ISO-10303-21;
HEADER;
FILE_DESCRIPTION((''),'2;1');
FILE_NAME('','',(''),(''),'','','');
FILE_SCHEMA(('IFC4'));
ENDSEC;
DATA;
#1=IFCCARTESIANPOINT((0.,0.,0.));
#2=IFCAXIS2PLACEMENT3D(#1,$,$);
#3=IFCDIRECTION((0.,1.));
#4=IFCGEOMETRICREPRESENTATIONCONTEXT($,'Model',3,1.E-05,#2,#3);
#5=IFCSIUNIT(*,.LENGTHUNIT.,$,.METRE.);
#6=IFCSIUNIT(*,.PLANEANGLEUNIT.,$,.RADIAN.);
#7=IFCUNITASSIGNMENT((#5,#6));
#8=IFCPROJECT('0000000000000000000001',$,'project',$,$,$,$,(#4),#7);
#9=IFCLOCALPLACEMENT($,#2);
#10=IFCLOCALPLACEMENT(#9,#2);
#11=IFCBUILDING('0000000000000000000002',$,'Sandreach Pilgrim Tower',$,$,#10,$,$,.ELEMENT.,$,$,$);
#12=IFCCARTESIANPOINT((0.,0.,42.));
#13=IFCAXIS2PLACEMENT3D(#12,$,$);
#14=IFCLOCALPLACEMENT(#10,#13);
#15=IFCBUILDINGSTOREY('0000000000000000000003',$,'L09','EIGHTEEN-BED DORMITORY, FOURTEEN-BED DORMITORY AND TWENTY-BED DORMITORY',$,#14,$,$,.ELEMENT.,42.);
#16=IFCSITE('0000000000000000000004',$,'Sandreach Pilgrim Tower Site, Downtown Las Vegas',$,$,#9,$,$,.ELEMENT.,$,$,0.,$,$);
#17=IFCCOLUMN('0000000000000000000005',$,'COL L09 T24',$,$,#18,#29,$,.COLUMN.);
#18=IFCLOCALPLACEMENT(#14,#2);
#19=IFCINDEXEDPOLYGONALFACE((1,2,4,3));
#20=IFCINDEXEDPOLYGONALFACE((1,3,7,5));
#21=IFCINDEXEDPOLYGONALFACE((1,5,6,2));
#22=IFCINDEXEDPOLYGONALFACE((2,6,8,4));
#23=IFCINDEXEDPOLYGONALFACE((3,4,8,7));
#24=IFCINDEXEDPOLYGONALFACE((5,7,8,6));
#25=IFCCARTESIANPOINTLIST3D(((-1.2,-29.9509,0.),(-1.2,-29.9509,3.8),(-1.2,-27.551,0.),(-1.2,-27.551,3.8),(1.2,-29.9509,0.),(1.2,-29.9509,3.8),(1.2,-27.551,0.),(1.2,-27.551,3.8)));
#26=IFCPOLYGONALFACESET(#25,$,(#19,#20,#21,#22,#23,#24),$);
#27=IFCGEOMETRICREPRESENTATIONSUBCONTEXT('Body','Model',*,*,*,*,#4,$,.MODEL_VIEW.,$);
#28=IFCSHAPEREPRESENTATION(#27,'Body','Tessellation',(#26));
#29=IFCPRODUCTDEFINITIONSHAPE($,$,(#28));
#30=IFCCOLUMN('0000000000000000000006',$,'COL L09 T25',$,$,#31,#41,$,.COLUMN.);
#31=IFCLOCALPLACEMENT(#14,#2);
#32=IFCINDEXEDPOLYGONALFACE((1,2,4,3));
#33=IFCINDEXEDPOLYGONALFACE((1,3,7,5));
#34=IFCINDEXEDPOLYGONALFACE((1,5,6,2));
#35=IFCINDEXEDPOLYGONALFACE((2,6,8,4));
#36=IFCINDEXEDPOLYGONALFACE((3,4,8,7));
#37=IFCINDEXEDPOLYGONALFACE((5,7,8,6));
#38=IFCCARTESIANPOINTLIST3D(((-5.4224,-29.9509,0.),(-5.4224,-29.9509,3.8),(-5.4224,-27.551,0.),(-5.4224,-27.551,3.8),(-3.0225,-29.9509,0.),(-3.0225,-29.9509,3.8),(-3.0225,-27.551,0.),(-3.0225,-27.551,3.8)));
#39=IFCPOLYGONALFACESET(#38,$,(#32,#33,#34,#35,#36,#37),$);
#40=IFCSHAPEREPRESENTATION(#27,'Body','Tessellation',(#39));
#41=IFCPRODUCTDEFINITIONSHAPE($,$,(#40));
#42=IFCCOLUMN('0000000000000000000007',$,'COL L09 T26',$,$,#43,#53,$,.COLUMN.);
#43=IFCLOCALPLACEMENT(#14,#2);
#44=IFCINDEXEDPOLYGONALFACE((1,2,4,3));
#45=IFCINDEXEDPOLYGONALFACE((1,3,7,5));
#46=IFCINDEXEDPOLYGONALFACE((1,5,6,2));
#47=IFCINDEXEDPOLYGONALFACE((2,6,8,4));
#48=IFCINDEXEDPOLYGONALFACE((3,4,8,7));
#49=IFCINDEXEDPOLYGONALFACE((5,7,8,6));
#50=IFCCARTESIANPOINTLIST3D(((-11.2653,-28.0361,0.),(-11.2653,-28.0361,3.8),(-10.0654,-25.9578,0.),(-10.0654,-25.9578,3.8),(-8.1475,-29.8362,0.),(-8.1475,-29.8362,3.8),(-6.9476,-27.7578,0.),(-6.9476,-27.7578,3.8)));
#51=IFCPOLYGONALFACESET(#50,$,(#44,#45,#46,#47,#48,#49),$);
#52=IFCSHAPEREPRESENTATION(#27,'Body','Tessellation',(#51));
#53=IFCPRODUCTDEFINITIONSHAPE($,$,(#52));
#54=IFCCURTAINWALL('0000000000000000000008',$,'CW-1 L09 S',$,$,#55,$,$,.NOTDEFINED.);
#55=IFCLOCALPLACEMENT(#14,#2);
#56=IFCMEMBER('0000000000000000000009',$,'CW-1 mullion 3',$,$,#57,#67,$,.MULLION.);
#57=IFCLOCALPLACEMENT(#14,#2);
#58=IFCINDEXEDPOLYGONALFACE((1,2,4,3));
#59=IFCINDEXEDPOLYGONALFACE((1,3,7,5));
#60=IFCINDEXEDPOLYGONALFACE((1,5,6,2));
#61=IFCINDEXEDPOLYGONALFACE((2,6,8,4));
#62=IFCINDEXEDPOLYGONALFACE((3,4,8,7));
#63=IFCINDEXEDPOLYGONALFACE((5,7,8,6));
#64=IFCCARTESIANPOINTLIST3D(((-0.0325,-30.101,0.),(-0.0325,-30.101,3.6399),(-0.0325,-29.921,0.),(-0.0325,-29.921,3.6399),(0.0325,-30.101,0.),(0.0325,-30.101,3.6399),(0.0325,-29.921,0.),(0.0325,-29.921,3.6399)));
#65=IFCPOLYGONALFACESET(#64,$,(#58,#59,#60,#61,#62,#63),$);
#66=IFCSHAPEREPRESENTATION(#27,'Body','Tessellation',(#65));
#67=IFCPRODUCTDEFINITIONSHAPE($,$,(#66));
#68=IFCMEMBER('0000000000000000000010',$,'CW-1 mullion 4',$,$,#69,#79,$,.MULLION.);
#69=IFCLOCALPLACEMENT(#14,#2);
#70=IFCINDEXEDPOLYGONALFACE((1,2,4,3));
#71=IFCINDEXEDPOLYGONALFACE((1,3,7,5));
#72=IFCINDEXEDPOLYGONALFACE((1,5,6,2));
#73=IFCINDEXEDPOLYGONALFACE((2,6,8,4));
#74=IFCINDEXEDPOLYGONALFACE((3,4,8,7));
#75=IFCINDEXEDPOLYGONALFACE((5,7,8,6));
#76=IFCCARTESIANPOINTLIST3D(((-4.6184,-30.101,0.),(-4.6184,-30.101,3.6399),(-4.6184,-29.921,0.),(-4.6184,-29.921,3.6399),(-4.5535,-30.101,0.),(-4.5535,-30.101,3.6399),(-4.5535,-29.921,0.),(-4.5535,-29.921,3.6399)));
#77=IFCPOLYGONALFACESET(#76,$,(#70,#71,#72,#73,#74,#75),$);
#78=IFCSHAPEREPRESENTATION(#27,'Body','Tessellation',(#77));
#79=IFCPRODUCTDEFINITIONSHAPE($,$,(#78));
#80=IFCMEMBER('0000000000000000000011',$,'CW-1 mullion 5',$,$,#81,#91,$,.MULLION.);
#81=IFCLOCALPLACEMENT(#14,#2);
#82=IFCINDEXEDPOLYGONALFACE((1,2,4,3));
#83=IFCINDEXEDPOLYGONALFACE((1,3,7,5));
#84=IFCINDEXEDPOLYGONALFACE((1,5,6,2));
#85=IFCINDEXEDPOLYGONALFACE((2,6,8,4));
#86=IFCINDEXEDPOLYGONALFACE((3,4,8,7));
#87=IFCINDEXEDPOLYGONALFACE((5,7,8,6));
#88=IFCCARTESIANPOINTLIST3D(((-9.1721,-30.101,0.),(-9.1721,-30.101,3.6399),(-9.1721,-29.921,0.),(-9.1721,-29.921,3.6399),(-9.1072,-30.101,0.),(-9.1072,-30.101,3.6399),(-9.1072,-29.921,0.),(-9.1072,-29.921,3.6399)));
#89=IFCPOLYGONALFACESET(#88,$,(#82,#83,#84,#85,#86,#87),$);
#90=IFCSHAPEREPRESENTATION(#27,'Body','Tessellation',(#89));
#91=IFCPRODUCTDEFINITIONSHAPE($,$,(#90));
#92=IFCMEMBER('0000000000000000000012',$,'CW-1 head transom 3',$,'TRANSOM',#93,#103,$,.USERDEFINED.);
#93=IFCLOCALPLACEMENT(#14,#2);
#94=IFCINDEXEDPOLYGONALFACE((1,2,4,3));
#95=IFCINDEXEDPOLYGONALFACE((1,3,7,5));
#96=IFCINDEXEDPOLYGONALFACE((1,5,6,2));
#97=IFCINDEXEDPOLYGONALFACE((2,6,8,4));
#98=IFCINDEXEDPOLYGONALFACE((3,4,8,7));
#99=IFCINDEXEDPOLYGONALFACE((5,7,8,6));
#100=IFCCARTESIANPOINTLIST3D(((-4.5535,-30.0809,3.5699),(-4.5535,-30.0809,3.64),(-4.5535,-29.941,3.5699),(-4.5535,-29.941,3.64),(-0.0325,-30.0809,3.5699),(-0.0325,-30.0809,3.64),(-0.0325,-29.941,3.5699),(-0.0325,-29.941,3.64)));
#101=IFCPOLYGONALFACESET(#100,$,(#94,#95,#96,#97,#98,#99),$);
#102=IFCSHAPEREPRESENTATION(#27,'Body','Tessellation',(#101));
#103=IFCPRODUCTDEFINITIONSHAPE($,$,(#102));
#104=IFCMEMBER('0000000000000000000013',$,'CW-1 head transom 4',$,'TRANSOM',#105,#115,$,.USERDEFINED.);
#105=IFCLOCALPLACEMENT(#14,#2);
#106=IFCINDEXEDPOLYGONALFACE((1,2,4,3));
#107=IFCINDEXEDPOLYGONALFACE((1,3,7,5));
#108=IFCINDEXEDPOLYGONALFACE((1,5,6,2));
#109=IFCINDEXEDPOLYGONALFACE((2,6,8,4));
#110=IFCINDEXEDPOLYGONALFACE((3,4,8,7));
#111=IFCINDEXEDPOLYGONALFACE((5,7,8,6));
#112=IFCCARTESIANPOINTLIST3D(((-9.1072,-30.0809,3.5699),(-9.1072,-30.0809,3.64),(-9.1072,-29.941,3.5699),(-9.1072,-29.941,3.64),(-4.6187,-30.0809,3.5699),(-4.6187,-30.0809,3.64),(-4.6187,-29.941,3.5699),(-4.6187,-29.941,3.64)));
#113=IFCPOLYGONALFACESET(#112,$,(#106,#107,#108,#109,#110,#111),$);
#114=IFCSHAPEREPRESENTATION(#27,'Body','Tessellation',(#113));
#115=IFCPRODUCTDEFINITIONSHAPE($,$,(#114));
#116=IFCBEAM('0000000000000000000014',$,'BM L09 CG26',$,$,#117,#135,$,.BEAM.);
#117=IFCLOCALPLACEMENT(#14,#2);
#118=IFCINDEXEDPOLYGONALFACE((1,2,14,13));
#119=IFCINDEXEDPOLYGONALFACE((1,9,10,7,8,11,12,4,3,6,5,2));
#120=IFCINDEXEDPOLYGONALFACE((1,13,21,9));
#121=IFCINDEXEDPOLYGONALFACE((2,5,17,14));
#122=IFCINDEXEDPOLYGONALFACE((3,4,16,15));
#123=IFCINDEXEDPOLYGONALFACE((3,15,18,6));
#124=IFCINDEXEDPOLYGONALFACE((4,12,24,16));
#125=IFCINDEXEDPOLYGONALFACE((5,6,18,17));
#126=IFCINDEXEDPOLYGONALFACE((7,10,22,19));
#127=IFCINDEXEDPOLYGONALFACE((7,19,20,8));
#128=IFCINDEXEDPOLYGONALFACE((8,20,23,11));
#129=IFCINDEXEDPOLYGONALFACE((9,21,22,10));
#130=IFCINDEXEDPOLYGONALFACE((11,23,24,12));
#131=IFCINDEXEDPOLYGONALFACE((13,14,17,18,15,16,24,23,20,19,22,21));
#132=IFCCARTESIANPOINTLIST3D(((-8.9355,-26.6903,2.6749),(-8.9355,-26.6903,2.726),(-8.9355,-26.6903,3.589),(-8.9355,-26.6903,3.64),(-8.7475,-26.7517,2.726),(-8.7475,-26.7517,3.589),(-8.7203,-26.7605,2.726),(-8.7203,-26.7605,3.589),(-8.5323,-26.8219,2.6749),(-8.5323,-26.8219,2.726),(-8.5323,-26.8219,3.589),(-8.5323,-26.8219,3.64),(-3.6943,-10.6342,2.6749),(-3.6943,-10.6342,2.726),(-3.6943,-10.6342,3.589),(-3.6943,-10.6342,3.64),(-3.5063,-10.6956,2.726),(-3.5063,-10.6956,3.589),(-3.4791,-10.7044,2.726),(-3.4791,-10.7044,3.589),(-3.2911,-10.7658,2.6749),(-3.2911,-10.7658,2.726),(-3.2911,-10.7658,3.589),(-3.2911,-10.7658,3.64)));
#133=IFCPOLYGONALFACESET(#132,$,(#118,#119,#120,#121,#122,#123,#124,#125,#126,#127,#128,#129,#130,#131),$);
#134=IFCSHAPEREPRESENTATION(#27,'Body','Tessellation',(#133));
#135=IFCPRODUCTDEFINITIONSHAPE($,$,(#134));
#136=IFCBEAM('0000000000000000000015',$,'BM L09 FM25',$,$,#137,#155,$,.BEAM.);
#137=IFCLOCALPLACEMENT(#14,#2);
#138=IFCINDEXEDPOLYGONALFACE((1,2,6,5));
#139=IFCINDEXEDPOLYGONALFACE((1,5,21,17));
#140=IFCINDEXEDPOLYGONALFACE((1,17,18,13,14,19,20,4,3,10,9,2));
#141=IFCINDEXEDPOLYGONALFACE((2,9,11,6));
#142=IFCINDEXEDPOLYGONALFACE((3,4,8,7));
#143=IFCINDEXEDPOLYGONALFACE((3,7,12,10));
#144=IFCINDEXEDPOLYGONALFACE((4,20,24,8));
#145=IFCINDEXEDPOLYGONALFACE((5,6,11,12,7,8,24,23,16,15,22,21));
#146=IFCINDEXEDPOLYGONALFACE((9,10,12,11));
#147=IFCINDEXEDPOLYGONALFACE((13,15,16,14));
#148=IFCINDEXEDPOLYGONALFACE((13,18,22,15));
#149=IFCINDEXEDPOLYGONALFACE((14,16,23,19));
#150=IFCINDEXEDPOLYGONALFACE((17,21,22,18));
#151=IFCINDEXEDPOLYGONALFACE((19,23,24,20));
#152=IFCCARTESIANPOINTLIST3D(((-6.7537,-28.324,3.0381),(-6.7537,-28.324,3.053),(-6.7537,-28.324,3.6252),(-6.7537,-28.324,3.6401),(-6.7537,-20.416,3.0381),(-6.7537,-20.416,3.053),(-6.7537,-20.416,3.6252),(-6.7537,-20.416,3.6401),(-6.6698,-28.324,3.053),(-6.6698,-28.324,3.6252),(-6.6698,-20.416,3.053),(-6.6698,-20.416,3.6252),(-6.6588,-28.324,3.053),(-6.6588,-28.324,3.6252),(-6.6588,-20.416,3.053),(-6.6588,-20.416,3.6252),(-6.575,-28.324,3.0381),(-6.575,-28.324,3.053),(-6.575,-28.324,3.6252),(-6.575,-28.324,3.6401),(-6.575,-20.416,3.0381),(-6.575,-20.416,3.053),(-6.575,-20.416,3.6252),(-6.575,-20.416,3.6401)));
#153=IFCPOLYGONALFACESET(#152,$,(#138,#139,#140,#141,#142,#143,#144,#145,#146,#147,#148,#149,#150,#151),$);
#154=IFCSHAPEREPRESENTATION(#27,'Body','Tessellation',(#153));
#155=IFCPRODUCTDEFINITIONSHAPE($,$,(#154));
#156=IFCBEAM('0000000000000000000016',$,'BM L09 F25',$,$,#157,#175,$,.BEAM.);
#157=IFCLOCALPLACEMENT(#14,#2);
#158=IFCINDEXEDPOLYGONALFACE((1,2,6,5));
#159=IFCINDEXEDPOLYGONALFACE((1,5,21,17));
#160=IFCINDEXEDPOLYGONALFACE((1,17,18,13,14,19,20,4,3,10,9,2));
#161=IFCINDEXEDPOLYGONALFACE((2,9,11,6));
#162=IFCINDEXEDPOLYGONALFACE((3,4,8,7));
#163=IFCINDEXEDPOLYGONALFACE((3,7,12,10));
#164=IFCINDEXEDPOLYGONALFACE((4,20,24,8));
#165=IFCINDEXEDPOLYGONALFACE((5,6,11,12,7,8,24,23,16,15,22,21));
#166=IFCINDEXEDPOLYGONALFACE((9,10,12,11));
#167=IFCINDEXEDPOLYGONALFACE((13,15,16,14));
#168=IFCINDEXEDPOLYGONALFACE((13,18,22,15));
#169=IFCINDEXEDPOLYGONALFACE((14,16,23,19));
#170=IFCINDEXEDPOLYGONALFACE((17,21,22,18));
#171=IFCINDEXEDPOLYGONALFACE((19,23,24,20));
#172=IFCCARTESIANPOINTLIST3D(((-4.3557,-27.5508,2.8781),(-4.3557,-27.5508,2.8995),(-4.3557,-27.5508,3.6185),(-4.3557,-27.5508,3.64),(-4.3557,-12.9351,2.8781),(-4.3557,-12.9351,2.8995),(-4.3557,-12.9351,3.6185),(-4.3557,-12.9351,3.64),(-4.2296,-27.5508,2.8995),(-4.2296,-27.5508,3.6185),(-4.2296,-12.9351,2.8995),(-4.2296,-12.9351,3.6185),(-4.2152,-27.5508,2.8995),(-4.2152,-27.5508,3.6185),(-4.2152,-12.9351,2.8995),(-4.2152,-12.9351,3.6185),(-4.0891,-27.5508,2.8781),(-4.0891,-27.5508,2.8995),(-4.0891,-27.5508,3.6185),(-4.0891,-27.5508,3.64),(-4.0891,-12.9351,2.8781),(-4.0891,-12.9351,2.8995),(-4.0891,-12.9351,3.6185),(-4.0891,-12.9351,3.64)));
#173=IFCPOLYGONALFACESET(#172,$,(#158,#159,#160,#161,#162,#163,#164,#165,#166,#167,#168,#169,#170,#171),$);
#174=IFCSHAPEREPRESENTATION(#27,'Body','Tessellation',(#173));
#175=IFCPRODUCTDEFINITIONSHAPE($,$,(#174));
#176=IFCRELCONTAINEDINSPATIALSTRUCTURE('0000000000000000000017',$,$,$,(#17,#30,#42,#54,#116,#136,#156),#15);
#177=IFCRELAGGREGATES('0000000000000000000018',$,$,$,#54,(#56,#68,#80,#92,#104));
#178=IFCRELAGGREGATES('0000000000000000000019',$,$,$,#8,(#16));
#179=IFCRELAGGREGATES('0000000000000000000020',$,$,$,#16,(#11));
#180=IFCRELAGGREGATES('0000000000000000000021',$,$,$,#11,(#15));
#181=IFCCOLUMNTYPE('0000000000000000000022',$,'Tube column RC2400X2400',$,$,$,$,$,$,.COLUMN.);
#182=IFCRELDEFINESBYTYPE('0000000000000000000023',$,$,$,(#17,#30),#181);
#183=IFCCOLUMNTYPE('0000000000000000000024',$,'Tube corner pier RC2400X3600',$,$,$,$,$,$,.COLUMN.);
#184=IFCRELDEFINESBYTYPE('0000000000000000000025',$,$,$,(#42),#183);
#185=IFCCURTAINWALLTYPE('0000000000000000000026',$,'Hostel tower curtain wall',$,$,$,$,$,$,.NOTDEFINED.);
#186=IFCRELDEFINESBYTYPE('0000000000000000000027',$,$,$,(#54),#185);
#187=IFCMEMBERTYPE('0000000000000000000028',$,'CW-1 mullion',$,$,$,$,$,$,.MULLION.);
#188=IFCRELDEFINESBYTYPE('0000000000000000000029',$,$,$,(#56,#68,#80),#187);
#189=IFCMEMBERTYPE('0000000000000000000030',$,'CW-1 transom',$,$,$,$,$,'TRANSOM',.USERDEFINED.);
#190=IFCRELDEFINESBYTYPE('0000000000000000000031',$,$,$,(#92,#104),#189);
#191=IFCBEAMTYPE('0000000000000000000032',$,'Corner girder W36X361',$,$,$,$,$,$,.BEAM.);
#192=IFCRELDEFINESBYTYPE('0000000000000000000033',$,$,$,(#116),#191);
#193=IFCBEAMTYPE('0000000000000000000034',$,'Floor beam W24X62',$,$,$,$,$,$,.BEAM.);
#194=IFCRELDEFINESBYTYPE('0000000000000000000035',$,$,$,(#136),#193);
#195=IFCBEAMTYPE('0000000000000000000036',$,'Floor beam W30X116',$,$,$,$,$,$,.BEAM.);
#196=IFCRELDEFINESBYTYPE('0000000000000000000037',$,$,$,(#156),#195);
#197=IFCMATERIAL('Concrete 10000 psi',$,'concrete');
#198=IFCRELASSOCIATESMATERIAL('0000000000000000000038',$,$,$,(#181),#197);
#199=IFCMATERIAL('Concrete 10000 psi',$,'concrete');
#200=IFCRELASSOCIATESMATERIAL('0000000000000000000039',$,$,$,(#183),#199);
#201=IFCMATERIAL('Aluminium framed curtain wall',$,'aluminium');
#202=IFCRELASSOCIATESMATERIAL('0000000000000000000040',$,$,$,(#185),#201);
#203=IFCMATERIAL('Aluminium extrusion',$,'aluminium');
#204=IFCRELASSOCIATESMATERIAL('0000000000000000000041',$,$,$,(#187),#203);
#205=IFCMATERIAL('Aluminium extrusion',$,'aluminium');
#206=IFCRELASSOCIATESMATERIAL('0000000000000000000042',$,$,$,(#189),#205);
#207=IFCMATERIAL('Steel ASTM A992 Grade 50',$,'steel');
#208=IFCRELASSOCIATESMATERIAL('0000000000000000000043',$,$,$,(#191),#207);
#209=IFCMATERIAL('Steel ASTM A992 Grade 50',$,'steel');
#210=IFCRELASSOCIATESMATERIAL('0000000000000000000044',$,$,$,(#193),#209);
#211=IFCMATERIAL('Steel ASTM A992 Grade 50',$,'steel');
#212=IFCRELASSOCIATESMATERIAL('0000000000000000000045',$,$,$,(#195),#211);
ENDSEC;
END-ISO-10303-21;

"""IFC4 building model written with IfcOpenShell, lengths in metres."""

from ifc_helpers import new_model, si_unit, direction, frame, origin, origin_2d, place, context, subcontext, project, spatial, rectangle, i_section, extrude, material, material_profile, profile_set, type_object, element, aggregate, save


model = new_model("IFC4")

# Units and contexts
model_context = context("Model", 3, precision=1e-05, world=origin(), true_north=direction((0.0, 1.0)))
body_context = subcontext(model_context, "Body", "Model", "MODEL_VIEW")
ifc_project = project(units=[si_unit("LENGTHUNIT", "METRE"), si_unit("PLANEANGLEUNIT", "RADIAN")], contexts=[model_context])

# Site, building, storey
site_placement = place(None, origin())
site = spatial("IfcSite", under=ifc_project, at=site_placement, Name="Sandreach Pilgrim Tower Site, Downtown Las Vegas", CompositionType="ELEMENT", RefElevation=0.0)
building_placement = place(site_placement, origin())
building = spatial("IfcBuilding", under=site, at=building_placement, Name="Sandreach Pilgrim Tower", CompositionType="ELEMENT")
storey_placement = place(building_placement, frame((0.0, 0.0, 42.0)))
storey = spatial("IfcBuildingStorey", under=building, at=storey_placement, Name="L09", Description="EIGHTEEN-BED DORMITORY, FOURTEEN-BED DORMITORY AND TWENTY-BED DORMITORY", CompositionType="ELEMENT", Elevation=42.0)

# Columns
ifc_material_1 = material(Name="Concrete 10000 psi", Category="concrete")
ifc_material_profile_1 = material_profile(ifc_material_1, rectangle(XDim=2.3999, YDim=2.3999, at=origin_2d()), Name="RC2400X2400")
ifc_profile_set_1 = profile_set([ifc_material_profile_1], Name="Concrete 10000 psi")
column_type_1 = type_object("IfcColumnType", Name="Tube column RC2400X2400", PredefinedType="COLUMN", material=ifc_profile_set_1)
for number, where, z_axis, x_axis, name in (
    (1, (0.0, -28.751, 0.0), (0.0, 0.0, 1.0), (0.0, -1.0, 0.0), "COL L09 T24"),
    (2, (-4.2224, -28.751, 0.0), (0.0, 0.0, 1.0), (0.0, -1.0, 0.0), "COL L09 T25"),
):
    element("IfcColumn", number, at=place(storey_placement, frame(where, z_axis=z_axis, x_axis=x_axis)), inside=storey, type_object=column_type_1, Name=name, PredefinedType="COLUMN", context=body_context, shape_type="SweptSolid", body=[
        extrude(rectangle(XDim=2.3999, YDim=2.3999, at=origin_2d()), origin(), (0.0, 0.0, 1.0), 3.8),
    ])
ifc_material_2 = material(Name="Concrete 10000 psi", Category="concrete")
ifc_material_profile_2 = material_profile(ifc_material_2, rectangle(XDim=2.3999, YDim=3.6001, at=origin_2d()), Name="RC2400X3600")
ifc_profile_set_2 = profile_set([ifc_material_profile_2], Name="Concrete 10000 psi")
column_type_2 = type_object("IfcColumnType", Name="Tube corner pier RC2400X3600", PredefinedType="COLUMN", material=ifc_profile_set_2)
column_placement = place(storey_placement, frame((-9.1064, -27.897, 0.0), z_axis=(0.0, 0.0, 1.0), x_axis=(-0.5, -0.866025, 0.0)))
element("IfcColumn", 3, at=column_placement, inside=storey, type_object=column_type_2, Name="COL L09 T26", PredefinedType="COLUMN", context=body_context, shape_type="SweptSolid", body=[
    extrude(rectangle(XDim=2.3999, YDim=3.6001, at=origin_2d()), origin(), (0.0, 0.0, 1.0), 3.8),
])

# Curtain wall, members
ifc_material_3 = material(Name="Aluminium framed curtain wall", Category="aluminium")
curtain_wall_type = type_object("IfcCurtainWallType", Name="Hostel tower curtain wall", PredefinedType="NOTDEFINED", material=ifc_material_3)
curtain_wall_placement = place(storey_placement, origin())
curtain_wall = element("IfcCurtainWall", 4, at=curtain_wall_placement, inside=storey, type_object=curtain_wall_type, Name="CW-1 L09 S", PredefinedType="NOTDEFINED")
ifc_material_4 = material(Name="Aluminium extrusion", Category="aluminium")
ifc_material_profile_3 = material_profile(ifc_material_4, rectangle(XDim=0.0649, YDim=0.1799, at=origin_2d()), Name="CW-1M 65X180")
ifc_profile_set_3 = profile_set([ifc_material_profile_3], Name="Aluminium extrusion")
member_type_1 = type_object("IfcMemberType", Name="CW-1 mullion", PredefinedType="MULLION", material=ifc_profile_set_3)
member_1_placement = place(storey_placement, frame((0.0, -30.011, 0.0), z_axis=(0.0, 0.0, 1.0), x_axis=(-1.0, 0.0, 0.0)))
member_1 = element("IfcMember", 5, at=member_1_placement, type_object=member_type_1, Name="CW-1 mullion 3", PredefinedType="MULLION", context=body_context, shape_type="SweptSolid", body=[
    extrude(rectangle(XDim=0.0649, YDim=0.1799, at=origin_2d()), origin(), (0.0, 0.0, 1.0), 3.6399),
])
member_2_placement = place(storey_placement, frame((-4.5859, -30.011, 0.0), z_axis=(0.0, 0.0, 1.0), x_axis=(-1.0, 0.0, 0.0)))
member_2 = element("IfcMember", 6, at=member_2_placement, type_object=member_type_1, Name="CW-1 mullion 4", PredefinedType="MULLION", context=body_context, shape_type="SweptSolid", body=[
    extrude(rectangle(XDim=0.0649, YDim=0.1799, at=origin_2d()), origin(), (0.0, 0.0, 1.0), 3.6399),
])
member_3_placement = place(storey_placement, frame((-9.1396, -30.011, 0.0), z_axis=(0.0, 0.0, 1.0), x_axis=(-1.0, 0.0, 0.0)))
member_3 = element("IfcMember", 7, at=member_3_placement, type_object=member_type_1, Name="CW-1 mullion 5", PredefinedType="MULLION", context=body_context, shape_type="SweptSolid", body=[
    extrude(rectangle(XDim=0.0649, YDim=0.1799, at=origin_2d()), origin(), (0.0, 0.0, 1.0), 3.6399),
])
ifc_material_5 = material(Name="Aluminium extrusion", Category="aluminium")
ifc_material_profile_4 = material_profile(ifc_material_5, rectangle(XDim=0.1399, YDim=0.0701, at=origin_2d()), Name="CW-1T 140X70")
ifc_profile_set_4 = profile_set([ifc_material_profile_4], Name="Aluminium extrusion")
member_type_2 = type_object("IfcMemberType", Name="CW-1 transom", ElementType="TRANSOM", PredefinedType="USERDEFINED", material=ifc_profile_set_4)
member_4_placement = place(storey_placement, frame((-0.0325, -30.011, 3.605), z_axis=(-1.0, 0.0, 0.0), x_axis=(0.0, -1.0, 0.0)))
member_4 = element("IfcMember", 8, at=member_4_placement, type_object=member_type_2, Name="CW-1 head transom 3", ObjectType="TRANSOM", PredefinedType="USERDEFINED", context=body_context, shape_type="SweptSolid", body=[
    extrude(rectangle(XDim=0.1399, YDim=0.0701, at=origin_2d()), origin(), (0.0, 0.0, 1.0), 4.521),
])
member_5_placement = place(storey_placement, frame((-4.6187, -30.011, 3.605), z_axis=(-1.0, 0.0, 0.0), x_axis=(0.0, -1.0, 0.0)))
member_5 = element("IfcMember", 9, at=member_5_placement, type_object=member_type_2, Name="CW-1 head transom 4", ObjectType="TRANSOM", PredefinedType="USERDEFINED", context=body_context, shape_type="SweptSolid", body=[
    extrude(rectangle(XDim=0.1399, YDim=0.0701, at=origin_2d()), origin(), (0.0, 0.0, 1.0), 4.4885),
])

# Beams
ifc_material_6 = material(Name="Steel ASTM A992 Grade 50", Category="steel")
ifc_material_profile_5 = material_profile(ifc_material_6, i_section(OverallWidth=0.4241, OverallDepth=0.9651, WebThickness=0.0286, FlangeThickness=0.051, at=origin_2d()), Name="W36X361")
ifc_profile_set_5 = profile_set([ifc_material_profile_5], Name="Steel ASTM A992 Grade 50")
beam_type_1 = type_object("IfcBeamType", Name="Corner girder W36X361", PredefinedType="BEAM", material=ifc_profile_set_5)
beam_1_placement = place(storey_placement, frame((-8.7339, -26.7561, 3.1575), z_axis=(0.310315, 0.950634, 0.0), x_axis=(-0.950634, 0.310315, 0.0)))
element("IfcBeam", 10, at=beam_1_placement, inside=storey, type_object=beam_type_1, Name="BM L09 CG26", PredefinedType="BEAM", context=body_context, shape_type="SweptSolid", body=[
    extrude(i_section(OverallWidth=0.4241, OverallDepth=0.9651, WebThickness=0.0286, FlangeThickness=0.051, at=origin_2d()), origin(), (0.0, 0.0, 1.0), 16.8899),
])
ifc_material_7 = material(Name="Steel ASTM A992 Grade 50", Category="steel")
ifc_material_profile_6 = material_profile(ifc_material_7, i_section(OverallWidth=0.1787, OverallDepth=0.6021, WebThickness=0.011, FlangeThickness=0.0149, at=origin_2d()), Name="W24X62")
ifc_profile_set_6 = profile_set([ifc_material_profile_6], Name="Steel ASTM A992 Grade 50")
beam_type_2 = type_object("IfcBeamType", Name="Floor beam W24X62", PredefinedType="BEAM", material=ifc_profile_set_6)
beam_2_placement = place(storey_placement, frame((-6.6643, -28.324, 3.3391), z_axis=(0.0, 1.0, 0.0), x_axis=(-1.0, 0.0, 0.0)))
element("IfcBeam", 11, at=beam_2_placement, inside=storey, type_object=beam_type_2, Name="BM L09 FM25", PredefinedType="BEAM", context=body_context, shape_type="SweptSolid", body=[
    extrude(i_section(OverallWidth=0.1787, OverallDepth=0.6021, WebThickness=0.011, FlangeThickness=0.0149, at=origin_2d()), origin(), (0.0, 0.0, 1.0), 7.908),
])
ifc_material_8 = material(Name="Steel ASTM A992 Grade 50", Category="steel")
ifc_material_profile_7 = material_profile(ifc_material_8, i_section(OverallWidth=0.2666, OverallDepth=0.762, WebThickness=0.0144, FlangeThickness=0.0215, at=origin_2d()), Name="W30X116")
ifc_profile_set_7 = profile_set([ifc_material_profile_7], Name="Steel ASTM A992 Grade 50")
beam_type_3 = type_object("IfcBeamType", Name="Floor beam W30X116", PredefinedType="BEAM", material=ifc_profile_set_7)
beam_3_placement = place(storey_placement, frame((-4.2224, -27.5508, 3.259), z_axis=(0.0, 1.0, 0.0), x_axis=(-1.0, 0.0, 0.0)))
element("IfcBeam", 12, at=beam_3_placement, inside=storey, type_object=beam_type_3, Name="BM L09 F25", PredefinedType="BEAM", context=body_context, shape_type="SweptSolid", body=[
    extrude(i_section(OverallWidth=0.2666, OverallDepth=0.762, WebThickness=0.0144, FlangeThickness=0.0215, at=origin_2d()), origin(), (0.0, 0.0, 1.0), 14.6157),
])

aggregate(curtain_wall, [member_1, member_2, member_3, member_4, member_5])

save(model, "model.ifc")
